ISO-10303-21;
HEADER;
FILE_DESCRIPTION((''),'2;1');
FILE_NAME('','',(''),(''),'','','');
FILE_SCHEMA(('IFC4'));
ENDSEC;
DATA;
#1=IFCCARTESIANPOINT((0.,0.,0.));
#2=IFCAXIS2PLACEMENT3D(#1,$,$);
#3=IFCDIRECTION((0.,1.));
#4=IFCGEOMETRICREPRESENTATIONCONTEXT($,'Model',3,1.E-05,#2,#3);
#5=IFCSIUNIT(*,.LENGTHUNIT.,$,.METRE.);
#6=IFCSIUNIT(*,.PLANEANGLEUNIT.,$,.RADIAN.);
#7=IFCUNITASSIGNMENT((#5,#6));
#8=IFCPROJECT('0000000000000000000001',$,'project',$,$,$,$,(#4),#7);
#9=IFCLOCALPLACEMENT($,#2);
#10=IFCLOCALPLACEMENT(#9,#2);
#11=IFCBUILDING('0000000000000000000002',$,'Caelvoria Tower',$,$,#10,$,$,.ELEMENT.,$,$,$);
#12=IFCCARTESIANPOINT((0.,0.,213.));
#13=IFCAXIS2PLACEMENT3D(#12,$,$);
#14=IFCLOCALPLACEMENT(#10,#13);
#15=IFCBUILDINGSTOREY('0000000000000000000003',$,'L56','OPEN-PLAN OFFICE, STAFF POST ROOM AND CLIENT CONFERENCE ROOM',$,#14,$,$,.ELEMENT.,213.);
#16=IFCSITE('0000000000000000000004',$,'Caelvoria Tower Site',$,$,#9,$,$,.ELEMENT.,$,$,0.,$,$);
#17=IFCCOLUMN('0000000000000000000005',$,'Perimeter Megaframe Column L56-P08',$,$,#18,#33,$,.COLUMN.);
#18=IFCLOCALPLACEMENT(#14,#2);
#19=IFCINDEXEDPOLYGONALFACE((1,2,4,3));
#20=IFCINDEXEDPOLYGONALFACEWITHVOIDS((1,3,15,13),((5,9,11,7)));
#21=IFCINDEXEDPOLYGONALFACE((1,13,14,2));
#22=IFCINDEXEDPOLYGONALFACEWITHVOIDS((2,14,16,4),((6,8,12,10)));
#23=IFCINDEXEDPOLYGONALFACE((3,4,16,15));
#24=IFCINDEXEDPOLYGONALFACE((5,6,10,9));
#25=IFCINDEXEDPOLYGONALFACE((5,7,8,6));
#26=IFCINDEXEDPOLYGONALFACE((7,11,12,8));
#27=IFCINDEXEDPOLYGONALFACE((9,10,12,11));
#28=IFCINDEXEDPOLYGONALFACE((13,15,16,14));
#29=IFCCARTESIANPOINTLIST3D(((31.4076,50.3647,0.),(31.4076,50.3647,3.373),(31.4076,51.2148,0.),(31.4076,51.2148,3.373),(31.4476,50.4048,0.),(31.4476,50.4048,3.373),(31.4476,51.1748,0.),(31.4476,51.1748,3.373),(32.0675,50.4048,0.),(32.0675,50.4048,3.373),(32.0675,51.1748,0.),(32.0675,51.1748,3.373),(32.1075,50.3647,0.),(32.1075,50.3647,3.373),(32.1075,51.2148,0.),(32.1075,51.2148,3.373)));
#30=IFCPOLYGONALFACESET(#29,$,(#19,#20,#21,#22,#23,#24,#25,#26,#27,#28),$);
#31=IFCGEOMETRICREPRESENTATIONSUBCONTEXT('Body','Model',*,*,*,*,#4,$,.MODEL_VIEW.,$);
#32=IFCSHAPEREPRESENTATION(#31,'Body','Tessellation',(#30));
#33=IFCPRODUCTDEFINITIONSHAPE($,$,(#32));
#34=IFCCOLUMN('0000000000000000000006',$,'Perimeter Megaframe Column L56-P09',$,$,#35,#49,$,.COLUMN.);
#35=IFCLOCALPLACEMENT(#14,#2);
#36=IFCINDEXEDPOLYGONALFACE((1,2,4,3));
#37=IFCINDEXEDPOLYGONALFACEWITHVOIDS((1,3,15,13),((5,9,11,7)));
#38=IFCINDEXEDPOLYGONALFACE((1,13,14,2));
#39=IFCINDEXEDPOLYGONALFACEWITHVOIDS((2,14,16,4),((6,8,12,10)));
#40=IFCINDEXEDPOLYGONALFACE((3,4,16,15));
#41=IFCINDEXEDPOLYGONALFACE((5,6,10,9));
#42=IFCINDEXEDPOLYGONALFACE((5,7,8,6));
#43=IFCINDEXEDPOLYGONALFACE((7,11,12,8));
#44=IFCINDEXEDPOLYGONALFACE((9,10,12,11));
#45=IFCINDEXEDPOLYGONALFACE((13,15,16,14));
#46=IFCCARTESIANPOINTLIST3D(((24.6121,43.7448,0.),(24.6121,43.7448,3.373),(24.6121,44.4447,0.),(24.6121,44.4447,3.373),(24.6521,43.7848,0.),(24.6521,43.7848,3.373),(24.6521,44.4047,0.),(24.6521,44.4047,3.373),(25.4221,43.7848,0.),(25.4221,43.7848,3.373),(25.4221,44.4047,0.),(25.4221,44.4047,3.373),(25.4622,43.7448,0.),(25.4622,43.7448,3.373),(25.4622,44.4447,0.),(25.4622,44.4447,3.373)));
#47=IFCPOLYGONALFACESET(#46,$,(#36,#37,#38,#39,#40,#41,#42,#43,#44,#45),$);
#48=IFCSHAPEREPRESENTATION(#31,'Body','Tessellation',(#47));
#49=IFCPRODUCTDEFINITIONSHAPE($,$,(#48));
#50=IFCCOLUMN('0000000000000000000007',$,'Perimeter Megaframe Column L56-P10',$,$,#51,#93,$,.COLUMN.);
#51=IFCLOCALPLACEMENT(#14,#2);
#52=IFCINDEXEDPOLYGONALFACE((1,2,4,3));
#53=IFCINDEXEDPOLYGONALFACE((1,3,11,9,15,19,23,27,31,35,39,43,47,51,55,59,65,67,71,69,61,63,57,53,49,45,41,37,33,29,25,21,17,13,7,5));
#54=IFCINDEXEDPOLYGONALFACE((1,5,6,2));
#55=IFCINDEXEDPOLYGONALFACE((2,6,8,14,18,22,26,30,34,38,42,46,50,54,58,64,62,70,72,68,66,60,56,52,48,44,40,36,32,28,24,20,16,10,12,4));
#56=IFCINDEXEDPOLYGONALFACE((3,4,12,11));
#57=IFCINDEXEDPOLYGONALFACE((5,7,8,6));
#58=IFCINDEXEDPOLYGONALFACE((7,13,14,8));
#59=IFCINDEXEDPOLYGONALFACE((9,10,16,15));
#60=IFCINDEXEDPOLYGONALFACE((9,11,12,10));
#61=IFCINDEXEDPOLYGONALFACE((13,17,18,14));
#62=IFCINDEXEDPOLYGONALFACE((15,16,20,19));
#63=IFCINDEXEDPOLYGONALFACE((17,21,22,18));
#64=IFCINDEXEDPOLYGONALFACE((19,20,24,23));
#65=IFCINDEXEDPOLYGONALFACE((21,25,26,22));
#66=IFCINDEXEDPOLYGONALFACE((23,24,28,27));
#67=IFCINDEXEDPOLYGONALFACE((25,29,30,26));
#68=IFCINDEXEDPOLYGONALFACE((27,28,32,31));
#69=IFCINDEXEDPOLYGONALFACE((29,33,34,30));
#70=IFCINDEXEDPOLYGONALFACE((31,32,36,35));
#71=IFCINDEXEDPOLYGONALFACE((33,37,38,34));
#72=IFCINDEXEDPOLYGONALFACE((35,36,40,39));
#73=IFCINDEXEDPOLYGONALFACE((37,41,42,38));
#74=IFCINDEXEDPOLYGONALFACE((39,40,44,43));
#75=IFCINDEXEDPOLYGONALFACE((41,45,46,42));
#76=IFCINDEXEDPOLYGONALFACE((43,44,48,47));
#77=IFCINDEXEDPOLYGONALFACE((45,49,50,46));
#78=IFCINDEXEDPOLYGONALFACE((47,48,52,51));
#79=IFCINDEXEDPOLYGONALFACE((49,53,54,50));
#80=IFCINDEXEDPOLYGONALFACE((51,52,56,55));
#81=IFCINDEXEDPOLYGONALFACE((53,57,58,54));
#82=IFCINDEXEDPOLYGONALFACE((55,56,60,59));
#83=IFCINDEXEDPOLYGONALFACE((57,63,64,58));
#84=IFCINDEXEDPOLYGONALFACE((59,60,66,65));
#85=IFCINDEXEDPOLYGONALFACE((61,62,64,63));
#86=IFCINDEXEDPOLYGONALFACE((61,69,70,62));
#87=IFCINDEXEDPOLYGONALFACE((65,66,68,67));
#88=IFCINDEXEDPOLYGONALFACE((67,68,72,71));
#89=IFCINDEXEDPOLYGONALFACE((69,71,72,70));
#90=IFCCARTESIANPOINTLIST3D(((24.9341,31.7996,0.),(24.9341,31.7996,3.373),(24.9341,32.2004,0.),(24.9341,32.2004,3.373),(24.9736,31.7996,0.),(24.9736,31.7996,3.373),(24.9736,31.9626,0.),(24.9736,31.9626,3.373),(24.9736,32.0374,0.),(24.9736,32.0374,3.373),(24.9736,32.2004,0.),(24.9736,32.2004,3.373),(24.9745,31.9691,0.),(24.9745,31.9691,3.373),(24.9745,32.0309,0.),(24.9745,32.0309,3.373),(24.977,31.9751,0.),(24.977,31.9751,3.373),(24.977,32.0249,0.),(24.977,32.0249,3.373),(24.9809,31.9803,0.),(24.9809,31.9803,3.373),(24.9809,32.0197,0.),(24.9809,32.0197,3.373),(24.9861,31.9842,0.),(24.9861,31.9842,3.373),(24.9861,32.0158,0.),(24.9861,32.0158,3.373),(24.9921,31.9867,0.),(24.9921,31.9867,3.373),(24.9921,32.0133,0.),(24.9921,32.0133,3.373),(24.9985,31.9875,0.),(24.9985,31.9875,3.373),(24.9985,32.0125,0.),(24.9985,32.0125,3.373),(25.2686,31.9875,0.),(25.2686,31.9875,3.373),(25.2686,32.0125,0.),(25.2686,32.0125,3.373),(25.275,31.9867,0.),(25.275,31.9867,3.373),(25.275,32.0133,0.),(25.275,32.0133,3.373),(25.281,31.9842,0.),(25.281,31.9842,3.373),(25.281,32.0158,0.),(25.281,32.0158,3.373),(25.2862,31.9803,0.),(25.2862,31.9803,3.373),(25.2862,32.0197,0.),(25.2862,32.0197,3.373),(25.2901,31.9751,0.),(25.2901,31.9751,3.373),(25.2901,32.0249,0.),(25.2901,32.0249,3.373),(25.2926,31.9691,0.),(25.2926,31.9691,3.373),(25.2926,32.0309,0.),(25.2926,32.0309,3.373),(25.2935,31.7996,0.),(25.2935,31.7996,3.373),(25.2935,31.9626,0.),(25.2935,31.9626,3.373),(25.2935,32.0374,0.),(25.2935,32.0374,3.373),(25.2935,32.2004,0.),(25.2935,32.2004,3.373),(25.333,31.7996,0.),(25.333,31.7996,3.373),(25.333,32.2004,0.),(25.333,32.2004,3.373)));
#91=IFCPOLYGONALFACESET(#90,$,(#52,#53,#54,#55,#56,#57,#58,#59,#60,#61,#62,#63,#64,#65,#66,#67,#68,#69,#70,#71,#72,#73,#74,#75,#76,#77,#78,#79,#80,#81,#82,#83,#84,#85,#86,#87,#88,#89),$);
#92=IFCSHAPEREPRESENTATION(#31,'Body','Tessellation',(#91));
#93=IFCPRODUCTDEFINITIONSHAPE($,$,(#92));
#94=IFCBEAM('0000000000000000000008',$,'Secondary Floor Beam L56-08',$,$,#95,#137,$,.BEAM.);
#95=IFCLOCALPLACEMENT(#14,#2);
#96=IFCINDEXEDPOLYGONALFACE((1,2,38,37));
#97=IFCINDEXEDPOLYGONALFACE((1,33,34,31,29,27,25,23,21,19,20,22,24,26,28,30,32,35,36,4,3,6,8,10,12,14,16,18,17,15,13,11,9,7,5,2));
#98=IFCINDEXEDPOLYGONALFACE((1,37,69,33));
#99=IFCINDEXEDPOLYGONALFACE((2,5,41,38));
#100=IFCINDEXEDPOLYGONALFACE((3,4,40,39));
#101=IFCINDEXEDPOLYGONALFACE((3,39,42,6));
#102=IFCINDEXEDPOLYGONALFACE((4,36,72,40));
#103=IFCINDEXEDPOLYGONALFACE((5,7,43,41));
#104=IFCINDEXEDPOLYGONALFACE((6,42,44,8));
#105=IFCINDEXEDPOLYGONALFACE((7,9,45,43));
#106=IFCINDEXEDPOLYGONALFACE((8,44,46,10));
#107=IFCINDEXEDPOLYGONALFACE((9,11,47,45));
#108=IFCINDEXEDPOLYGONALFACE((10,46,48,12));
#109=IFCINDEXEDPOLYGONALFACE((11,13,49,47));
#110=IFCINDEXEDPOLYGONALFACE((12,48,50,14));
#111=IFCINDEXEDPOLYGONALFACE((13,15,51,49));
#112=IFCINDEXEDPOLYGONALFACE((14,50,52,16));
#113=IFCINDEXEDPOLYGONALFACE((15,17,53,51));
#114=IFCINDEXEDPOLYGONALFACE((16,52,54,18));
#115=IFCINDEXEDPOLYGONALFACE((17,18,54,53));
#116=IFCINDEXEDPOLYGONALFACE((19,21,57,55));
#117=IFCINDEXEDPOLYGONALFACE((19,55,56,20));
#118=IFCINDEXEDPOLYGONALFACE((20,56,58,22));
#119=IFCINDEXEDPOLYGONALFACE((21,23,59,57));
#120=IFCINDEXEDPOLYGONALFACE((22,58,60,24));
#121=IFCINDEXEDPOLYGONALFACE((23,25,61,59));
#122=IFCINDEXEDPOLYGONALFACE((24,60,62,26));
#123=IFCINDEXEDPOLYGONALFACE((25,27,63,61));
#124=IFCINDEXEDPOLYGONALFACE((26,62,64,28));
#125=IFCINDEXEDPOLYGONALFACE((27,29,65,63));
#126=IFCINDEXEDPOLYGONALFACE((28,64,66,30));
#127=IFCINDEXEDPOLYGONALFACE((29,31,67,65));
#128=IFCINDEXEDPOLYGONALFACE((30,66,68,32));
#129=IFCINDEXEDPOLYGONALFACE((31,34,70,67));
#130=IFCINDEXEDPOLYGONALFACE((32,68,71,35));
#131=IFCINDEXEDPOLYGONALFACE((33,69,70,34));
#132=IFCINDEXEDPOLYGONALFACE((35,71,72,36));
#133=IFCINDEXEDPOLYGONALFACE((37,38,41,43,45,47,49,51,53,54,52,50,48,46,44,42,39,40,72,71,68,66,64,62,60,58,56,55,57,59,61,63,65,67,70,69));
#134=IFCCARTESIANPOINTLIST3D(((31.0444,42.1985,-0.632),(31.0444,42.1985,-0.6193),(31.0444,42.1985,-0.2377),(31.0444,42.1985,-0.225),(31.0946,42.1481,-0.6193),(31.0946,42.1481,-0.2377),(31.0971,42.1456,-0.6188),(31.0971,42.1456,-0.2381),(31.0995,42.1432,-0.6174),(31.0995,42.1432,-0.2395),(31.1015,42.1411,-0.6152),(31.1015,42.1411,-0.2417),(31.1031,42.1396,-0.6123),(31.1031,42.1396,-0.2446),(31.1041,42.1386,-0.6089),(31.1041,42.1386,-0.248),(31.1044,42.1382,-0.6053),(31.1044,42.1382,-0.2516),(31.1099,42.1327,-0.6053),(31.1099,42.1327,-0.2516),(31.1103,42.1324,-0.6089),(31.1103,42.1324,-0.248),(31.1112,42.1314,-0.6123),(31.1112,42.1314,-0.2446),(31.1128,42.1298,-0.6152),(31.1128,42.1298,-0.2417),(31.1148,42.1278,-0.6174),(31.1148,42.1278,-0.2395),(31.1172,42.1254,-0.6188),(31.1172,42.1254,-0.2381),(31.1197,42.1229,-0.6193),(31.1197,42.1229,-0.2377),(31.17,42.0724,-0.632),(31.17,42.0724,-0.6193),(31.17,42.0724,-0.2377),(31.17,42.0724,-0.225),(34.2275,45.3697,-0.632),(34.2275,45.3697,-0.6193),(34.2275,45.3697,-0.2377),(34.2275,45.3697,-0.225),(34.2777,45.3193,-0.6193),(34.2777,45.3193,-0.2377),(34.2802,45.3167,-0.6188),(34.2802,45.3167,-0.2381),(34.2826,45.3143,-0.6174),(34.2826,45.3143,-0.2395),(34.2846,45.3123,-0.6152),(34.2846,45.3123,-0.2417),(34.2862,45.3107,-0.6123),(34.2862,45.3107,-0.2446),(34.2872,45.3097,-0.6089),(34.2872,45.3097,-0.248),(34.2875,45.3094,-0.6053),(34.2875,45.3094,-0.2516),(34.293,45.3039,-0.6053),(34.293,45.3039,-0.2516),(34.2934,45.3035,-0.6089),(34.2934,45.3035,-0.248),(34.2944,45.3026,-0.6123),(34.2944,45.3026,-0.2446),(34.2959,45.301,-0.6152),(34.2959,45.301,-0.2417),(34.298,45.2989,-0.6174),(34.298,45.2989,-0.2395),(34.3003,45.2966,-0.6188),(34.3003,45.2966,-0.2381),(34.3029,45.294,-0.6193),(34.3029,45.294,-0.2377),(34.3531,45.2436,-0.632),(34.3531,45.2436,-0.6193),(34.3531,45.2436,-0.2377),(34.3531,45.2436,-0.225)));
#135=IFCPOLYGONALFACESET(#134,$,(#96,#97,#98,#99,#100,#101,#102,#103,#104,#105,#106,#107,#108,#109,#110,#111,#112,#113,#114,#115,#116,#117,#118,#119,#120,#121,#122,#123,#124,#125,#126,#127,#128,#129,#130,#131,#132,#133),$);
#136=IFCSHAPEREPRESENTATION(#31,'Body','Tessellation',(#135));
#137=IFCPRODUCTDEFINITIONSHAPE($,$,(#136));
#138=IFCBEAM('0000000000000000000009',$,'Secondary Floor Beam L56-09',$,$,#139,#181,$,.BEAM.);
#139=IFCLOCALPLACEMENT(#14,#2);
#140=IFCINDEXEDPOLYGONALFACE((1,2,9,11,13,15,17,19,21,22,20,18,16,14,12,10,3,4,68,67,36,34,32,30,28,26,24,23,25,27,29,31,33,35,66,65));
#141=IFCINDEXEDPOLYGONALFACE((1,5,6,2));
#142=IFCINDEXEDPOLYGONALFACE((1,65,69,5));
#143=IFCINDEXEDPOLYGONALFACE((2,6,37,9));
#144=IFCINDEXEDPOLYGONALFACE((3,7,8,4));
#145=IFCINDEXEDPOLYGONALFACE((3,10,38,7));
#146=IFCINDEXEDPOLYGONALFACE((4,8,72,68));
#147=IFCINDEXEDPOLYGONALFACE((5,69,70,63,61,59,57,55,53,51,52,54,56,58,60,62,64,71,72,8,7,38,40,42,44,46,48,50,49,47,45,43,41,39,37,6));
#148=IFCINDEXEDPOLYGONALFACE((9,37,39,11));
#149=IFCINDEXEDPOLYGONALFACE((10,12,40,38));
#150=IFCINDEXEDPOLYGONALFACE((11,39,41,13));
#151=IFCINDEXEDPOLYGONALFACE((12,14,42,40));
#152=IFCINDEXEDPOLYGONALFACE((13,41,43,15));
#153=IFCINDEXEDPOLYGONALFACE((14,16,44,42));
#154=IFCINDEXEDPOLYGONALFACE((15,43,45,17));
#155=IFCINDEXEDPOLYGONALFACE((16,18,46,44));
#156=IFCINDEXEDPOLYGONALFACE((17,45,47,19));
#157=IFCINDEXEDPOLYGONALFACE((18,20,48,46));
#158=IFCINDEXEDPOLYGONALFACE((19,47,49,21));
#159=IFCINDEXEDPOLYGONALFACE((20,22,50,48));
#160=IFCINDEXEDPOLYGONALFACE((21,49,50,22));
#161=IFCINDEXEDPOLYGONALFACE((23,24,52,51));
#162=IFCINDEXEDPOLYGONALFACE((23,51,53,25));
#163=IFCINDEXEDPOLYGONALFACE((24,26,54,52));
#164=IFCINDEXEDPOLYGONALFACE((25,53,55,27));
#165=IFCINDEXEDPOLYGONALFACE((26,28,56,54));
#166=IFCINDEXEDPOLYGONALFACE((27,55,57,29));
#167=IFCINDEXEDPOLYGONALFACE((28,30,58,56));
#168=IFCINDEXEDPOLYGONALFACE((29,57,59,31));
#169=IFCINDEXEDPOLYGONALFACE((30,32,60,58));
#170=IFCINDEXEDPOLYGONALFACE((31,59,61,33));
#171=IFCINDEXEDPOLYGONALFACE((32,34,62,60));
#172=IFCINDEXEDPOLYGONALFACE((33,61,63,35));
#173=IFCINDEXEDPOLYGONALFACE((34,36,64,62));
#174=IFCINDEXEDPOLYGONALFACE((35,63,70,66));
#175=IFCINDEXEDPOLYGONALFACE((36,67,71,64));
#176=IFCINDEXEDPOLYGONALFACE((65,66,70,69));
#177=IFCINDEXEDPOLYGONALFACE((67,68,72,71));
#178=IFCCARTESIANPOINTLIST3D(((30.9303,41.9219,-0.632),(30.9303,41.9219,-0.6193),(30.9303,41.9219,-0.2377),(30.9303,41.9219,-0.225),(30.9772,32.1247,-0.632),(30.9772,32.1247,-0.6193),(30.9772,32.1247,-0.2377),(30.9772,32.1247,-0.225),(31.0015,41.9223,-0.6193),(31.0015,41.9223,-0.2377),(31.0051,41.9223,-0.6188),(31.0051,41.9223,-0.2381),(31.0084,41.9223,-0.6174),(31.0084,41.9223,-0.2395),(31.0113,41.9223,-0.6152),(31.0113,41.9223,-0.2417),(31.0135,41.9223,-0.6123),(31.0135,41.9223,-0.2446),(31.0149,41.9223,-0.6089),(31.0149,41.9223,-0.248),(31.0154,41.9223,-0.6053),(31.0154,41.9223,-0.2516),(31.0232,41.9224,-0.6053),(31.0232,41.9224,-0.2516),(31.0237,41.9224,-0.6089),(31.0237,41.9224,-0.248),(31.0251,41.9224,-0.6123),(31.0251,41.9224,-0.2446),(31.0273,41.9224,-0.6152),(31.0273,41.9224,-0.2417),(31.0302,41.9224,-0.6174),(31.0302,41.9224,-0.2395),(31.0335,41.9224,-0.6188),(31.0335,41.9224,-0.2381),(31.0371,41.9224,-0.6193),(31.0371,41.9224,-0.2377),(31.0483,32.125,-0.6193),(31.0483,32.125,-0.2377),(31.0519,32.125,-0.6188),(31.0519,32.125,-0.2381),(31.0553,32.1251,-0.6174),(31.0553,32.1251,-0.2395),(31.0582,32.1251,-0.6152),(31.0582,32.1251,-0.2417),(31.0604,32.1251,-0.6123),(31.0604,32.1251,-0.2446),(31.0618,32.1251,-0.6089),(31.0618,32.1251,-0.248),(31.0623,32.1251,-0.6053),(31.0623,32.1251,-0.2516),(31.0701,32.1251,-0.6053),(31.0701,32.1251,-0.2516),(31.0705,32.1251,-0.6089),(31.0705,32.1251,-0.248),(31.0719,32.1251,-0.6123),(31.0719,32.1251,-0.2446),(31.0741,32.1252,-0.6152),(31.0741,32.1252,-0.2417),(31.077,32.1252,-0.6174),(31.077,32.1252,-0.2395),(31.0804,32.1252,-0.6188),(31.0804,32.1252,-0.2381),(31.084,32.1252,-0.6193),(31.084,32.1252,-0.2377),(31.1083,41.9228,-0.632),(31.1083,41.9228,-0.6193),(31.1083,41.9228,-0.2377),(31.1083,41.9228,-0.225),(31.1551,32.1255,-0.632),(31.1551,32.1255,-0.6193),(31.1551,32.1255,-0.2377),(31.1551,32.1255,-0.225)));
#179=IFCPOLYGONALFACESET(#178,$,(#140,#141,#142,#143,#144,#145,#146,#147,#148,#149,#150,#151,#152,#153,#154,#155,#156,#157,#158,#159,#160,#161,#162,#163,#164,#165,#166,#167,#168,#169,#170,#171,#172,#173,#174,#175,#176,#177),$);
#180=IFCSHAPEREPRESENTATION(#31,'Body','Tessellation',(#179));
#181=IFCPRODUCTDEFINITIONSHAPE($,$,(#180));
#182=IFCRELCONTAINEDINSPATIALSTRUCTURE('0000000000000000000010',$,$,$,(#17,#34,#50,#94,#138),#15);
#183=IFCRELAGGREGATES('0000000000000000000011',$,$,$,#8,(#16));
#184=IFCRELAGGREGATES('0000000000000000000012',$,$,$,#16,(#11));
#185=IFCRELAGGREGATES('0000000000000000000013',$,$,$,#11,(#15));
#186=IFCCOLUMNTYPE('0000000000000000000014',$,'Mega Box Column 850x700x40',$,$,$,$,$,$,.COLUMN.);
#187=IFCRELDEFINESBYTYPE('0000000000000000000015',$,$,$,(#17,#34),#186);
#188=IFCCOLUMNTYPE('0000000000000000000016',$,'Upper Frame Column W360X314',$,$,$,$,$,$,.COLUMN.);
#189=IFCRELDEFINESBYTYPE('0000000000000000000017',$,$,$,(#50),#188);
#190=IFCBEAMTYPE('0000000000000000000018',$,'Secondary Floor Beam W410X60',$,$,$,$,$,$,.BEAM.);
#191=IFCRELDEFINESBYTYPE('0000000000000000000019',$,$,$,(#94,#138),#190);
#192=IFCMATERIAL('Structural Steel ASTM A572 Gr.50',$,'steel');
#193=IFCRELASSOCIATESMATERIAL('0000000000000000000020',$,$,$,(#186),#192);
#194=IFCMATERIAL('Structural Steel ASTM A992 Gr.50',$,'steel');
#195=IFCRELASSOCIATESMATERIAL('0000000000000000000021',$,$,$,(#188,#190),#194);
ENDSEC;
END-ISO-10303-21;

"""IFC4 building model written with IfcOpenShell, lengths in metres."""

from ifc_helpers import new_model, si_unit, direction, frame, origin, origin_2d, place, context, subcontext, project, spatial, hollow_rectangle, i_section, extrude, material, material_profile, profile_set, type_object, element, save


model = new_model("IFC4")

# Units and contexts
model_context = context("Model", 3, precision=1e-05, world=origin(), true_north=direction((0.0, 1.0)))
body_context = subcontext(model_context, "Body", "Model", "MODEL_VIEW")
ifc_project = project(units=[si_unit("LENGTHUNIT", "METRE"), si_unit("PLANEANGLEUNIT", "RADIAN")], contexts=[model_context])

# Site, building, storey
site_placement = place(None, origin())
site = spatial("IfcSite", under=ifc_project, at=site_placement, Name="Caelvoria Tower Site", CompositionType="ELEMENT", RefElevation=0.0)
building_placement = place(site_placement, origin())
building = spatial("IfcBuilding", under=site, at=building_placement, Name="Caelvoria Tower", CompositionType="ELEMENT")
storey_placement = place(building_placement, frame((0.0, 0.0, 213.0)))
storey = spatial("IfcBuildingStorey", under=building, at=storey_placement, Name="L56", Description="OPEN-PLAN OFFICE, STAFF POST ROOM AND CLIENT CONFERENCE ROOM", CompositionType="ELEMENT", Elevation=213.0)

# Columns
ifc_material_1 = material(Name="Structural Steel ASTM A572 Gr.50", Category="steel")
ifc_material_profile_1 = material_profile(ifc_material_1, hollow_rectangle(XDim=0.7, YDim=0.8501, WallThickness=0.04, at=origin_2d()), Name="Structural Steel ASTM A572 Gr.50")
ifc_profile_set_1 = profile_set([ifc_material_profile_1], Name="BOX850X700X40 - Structural Steel ASTM A572 Gr.50")
column_type_1 = type_object("IfcColumnType", Name="Mega Box Column 850x700x40", PredefinedType="COLUMN", material=ifc_profile_set_1)
for number, where, z_axis, x_axis, name in (
    (1, (31.7576, 50.7898, 0.0), (0.0, 0.0, 1.0), (1.0, 0.0, 0.0), "Perimeter Megaframe Column L56-P08"),
    (2, (25.0371, 44.0947, 0.0), (0.0, 0.0, 1.0), (0.0, 1.0, 0.0), "Perimeter Megaframe Column L56-P09"),
):
    element("IfcColumn", number, at=place(storey_placement, frame(where, z_axis=z_axis, x_axis=x_axis)), inside=storey, type_object=column_type_1, Name=name, PredefinedType="COLUMN", context=body_context, shape_type="SweptSolid", body=[
        extrude(hollow_rectangle(XDim=0.7, YDim=0.8501, WallThickness=0.04, at=origin_2d()), origin(), (0.0, 0.0, 1.0), 3.373),
    ])
ifc_material_2 = material(Name="Structural Steel ASTM A992 Gr.50", Category="steel")
ifc_material_profile_2 = material_profile(ifc_material_2, i_section(OverallWidth=0.4009, OverallDepth=0.3989, WebThickness=0.0249, FlangeThickness=0.0396, FilletRadius=0.0249, at=origin_2d()), Name="Structural Steel ASTM A992 Gr.50")
ifc_profile_set_2 = profile_set([ifc_material_profile_2], Name="W360X314 - Structural Steel ASTM A992 Gr.50")
column_type_2 = type_object("IfcColumnType", Name="Upper Frame Column W360X314", PredefinedType="COLUMN", material=ifc_profile_set_2)
column_placement = place(storey_placement, frame((25.1335, 32.0, 0.0), z_axis=(0.0, 0.0, 1.0), x_axis=(0.0, 1.0, 0.0)))
element("IfcColumn", 3, at=column_placement, inside=storey, type_object=column_type_2, Name="Perimeter Megaframe Column L56-P10", PredefinedType="COLUMN", context=body_context, shape_type="SweptSolid", body=[
    extrude(i_section(OverallWidth=0.4009, OverallDepth=0.3989, WebThickness=0.0249, FlangeThickness=0.0396, FilletRadius=0.0249, at=origin_2d()), origin(), (0.0, 0.0, 1.0), 3.373),
])

# Beams
ifc_material_profile_3 = material_profile(ifc_material_2, i_section(OverallWidth=0.178, OverallDepth=0.407, WebThickness=0.0078, FlangeThickness=0.0127, FilletRadius=0.0139, at=origin_2d()), Name="Structural Steel ASTM A992 Gr.50")
ifc_profile_set_3 = profile_set([ifc_material_profile_3], Name="W410X60 - Structural Steel ASTM A992 Gr.50")
beam_type_1 = type_object("IfcBeamType", Name="Secondary Floor Beam W410X60", PredefinedType="BEAM", material=ifc_profile_set_3)
beam_1_placement = place(storey_placement, frame((34.2903, 45.3066, -0.4285), z_axis=(-0.708437, -0.705774, 0.0), x_axis=(0.705774, -0.708437, 0.0)))
element("IfcBeam", 4, at=beam_1_placement, inside=storey, type_object=beam_type_1, Name="Secondary Floor Beam L56-08", PredefinedType="BEAM", context=body_context, shape_type="SweptSolid", body=[
    extrude(i_section(OverallWidth=0.178, OverallDepth=0.407, WebThickness=0.0078, FlangeThickness=0.0127, FilletRadius=0.0139, at=origin_2d()), origin(), (0.0, 0.0, 1.0), 4.4932),
])
for number, where, z_axis, x_axis, name in (
    (5, (31.0193, 41.9224, -0.4285), (0.004784, -0.999989, 0.0), (0.999989, 0.004784, 0.0), "Secondary Floor Beam L56-09"),
):
    element("IfcBeam", number, at=place(storey_placement, frame(where, z_axis=z_axis, x_axis=x_axis)), inside=storey, type_object=beam_type_1, Name=name, PredefinedType="BEAM", context=body_context, shape_type="SweptSolid", body=[
        extrude(i_section(OverallWidth=0.178, OverallDepth=0.407, WebThickness=0.0078, FlangeThickness=0.0127, FilletRadius=0.0139, at=origin_2d()), origin(), (0.0, 0.0, 1.0), 9.7974),
    ])

save(model, "model.ifc")
